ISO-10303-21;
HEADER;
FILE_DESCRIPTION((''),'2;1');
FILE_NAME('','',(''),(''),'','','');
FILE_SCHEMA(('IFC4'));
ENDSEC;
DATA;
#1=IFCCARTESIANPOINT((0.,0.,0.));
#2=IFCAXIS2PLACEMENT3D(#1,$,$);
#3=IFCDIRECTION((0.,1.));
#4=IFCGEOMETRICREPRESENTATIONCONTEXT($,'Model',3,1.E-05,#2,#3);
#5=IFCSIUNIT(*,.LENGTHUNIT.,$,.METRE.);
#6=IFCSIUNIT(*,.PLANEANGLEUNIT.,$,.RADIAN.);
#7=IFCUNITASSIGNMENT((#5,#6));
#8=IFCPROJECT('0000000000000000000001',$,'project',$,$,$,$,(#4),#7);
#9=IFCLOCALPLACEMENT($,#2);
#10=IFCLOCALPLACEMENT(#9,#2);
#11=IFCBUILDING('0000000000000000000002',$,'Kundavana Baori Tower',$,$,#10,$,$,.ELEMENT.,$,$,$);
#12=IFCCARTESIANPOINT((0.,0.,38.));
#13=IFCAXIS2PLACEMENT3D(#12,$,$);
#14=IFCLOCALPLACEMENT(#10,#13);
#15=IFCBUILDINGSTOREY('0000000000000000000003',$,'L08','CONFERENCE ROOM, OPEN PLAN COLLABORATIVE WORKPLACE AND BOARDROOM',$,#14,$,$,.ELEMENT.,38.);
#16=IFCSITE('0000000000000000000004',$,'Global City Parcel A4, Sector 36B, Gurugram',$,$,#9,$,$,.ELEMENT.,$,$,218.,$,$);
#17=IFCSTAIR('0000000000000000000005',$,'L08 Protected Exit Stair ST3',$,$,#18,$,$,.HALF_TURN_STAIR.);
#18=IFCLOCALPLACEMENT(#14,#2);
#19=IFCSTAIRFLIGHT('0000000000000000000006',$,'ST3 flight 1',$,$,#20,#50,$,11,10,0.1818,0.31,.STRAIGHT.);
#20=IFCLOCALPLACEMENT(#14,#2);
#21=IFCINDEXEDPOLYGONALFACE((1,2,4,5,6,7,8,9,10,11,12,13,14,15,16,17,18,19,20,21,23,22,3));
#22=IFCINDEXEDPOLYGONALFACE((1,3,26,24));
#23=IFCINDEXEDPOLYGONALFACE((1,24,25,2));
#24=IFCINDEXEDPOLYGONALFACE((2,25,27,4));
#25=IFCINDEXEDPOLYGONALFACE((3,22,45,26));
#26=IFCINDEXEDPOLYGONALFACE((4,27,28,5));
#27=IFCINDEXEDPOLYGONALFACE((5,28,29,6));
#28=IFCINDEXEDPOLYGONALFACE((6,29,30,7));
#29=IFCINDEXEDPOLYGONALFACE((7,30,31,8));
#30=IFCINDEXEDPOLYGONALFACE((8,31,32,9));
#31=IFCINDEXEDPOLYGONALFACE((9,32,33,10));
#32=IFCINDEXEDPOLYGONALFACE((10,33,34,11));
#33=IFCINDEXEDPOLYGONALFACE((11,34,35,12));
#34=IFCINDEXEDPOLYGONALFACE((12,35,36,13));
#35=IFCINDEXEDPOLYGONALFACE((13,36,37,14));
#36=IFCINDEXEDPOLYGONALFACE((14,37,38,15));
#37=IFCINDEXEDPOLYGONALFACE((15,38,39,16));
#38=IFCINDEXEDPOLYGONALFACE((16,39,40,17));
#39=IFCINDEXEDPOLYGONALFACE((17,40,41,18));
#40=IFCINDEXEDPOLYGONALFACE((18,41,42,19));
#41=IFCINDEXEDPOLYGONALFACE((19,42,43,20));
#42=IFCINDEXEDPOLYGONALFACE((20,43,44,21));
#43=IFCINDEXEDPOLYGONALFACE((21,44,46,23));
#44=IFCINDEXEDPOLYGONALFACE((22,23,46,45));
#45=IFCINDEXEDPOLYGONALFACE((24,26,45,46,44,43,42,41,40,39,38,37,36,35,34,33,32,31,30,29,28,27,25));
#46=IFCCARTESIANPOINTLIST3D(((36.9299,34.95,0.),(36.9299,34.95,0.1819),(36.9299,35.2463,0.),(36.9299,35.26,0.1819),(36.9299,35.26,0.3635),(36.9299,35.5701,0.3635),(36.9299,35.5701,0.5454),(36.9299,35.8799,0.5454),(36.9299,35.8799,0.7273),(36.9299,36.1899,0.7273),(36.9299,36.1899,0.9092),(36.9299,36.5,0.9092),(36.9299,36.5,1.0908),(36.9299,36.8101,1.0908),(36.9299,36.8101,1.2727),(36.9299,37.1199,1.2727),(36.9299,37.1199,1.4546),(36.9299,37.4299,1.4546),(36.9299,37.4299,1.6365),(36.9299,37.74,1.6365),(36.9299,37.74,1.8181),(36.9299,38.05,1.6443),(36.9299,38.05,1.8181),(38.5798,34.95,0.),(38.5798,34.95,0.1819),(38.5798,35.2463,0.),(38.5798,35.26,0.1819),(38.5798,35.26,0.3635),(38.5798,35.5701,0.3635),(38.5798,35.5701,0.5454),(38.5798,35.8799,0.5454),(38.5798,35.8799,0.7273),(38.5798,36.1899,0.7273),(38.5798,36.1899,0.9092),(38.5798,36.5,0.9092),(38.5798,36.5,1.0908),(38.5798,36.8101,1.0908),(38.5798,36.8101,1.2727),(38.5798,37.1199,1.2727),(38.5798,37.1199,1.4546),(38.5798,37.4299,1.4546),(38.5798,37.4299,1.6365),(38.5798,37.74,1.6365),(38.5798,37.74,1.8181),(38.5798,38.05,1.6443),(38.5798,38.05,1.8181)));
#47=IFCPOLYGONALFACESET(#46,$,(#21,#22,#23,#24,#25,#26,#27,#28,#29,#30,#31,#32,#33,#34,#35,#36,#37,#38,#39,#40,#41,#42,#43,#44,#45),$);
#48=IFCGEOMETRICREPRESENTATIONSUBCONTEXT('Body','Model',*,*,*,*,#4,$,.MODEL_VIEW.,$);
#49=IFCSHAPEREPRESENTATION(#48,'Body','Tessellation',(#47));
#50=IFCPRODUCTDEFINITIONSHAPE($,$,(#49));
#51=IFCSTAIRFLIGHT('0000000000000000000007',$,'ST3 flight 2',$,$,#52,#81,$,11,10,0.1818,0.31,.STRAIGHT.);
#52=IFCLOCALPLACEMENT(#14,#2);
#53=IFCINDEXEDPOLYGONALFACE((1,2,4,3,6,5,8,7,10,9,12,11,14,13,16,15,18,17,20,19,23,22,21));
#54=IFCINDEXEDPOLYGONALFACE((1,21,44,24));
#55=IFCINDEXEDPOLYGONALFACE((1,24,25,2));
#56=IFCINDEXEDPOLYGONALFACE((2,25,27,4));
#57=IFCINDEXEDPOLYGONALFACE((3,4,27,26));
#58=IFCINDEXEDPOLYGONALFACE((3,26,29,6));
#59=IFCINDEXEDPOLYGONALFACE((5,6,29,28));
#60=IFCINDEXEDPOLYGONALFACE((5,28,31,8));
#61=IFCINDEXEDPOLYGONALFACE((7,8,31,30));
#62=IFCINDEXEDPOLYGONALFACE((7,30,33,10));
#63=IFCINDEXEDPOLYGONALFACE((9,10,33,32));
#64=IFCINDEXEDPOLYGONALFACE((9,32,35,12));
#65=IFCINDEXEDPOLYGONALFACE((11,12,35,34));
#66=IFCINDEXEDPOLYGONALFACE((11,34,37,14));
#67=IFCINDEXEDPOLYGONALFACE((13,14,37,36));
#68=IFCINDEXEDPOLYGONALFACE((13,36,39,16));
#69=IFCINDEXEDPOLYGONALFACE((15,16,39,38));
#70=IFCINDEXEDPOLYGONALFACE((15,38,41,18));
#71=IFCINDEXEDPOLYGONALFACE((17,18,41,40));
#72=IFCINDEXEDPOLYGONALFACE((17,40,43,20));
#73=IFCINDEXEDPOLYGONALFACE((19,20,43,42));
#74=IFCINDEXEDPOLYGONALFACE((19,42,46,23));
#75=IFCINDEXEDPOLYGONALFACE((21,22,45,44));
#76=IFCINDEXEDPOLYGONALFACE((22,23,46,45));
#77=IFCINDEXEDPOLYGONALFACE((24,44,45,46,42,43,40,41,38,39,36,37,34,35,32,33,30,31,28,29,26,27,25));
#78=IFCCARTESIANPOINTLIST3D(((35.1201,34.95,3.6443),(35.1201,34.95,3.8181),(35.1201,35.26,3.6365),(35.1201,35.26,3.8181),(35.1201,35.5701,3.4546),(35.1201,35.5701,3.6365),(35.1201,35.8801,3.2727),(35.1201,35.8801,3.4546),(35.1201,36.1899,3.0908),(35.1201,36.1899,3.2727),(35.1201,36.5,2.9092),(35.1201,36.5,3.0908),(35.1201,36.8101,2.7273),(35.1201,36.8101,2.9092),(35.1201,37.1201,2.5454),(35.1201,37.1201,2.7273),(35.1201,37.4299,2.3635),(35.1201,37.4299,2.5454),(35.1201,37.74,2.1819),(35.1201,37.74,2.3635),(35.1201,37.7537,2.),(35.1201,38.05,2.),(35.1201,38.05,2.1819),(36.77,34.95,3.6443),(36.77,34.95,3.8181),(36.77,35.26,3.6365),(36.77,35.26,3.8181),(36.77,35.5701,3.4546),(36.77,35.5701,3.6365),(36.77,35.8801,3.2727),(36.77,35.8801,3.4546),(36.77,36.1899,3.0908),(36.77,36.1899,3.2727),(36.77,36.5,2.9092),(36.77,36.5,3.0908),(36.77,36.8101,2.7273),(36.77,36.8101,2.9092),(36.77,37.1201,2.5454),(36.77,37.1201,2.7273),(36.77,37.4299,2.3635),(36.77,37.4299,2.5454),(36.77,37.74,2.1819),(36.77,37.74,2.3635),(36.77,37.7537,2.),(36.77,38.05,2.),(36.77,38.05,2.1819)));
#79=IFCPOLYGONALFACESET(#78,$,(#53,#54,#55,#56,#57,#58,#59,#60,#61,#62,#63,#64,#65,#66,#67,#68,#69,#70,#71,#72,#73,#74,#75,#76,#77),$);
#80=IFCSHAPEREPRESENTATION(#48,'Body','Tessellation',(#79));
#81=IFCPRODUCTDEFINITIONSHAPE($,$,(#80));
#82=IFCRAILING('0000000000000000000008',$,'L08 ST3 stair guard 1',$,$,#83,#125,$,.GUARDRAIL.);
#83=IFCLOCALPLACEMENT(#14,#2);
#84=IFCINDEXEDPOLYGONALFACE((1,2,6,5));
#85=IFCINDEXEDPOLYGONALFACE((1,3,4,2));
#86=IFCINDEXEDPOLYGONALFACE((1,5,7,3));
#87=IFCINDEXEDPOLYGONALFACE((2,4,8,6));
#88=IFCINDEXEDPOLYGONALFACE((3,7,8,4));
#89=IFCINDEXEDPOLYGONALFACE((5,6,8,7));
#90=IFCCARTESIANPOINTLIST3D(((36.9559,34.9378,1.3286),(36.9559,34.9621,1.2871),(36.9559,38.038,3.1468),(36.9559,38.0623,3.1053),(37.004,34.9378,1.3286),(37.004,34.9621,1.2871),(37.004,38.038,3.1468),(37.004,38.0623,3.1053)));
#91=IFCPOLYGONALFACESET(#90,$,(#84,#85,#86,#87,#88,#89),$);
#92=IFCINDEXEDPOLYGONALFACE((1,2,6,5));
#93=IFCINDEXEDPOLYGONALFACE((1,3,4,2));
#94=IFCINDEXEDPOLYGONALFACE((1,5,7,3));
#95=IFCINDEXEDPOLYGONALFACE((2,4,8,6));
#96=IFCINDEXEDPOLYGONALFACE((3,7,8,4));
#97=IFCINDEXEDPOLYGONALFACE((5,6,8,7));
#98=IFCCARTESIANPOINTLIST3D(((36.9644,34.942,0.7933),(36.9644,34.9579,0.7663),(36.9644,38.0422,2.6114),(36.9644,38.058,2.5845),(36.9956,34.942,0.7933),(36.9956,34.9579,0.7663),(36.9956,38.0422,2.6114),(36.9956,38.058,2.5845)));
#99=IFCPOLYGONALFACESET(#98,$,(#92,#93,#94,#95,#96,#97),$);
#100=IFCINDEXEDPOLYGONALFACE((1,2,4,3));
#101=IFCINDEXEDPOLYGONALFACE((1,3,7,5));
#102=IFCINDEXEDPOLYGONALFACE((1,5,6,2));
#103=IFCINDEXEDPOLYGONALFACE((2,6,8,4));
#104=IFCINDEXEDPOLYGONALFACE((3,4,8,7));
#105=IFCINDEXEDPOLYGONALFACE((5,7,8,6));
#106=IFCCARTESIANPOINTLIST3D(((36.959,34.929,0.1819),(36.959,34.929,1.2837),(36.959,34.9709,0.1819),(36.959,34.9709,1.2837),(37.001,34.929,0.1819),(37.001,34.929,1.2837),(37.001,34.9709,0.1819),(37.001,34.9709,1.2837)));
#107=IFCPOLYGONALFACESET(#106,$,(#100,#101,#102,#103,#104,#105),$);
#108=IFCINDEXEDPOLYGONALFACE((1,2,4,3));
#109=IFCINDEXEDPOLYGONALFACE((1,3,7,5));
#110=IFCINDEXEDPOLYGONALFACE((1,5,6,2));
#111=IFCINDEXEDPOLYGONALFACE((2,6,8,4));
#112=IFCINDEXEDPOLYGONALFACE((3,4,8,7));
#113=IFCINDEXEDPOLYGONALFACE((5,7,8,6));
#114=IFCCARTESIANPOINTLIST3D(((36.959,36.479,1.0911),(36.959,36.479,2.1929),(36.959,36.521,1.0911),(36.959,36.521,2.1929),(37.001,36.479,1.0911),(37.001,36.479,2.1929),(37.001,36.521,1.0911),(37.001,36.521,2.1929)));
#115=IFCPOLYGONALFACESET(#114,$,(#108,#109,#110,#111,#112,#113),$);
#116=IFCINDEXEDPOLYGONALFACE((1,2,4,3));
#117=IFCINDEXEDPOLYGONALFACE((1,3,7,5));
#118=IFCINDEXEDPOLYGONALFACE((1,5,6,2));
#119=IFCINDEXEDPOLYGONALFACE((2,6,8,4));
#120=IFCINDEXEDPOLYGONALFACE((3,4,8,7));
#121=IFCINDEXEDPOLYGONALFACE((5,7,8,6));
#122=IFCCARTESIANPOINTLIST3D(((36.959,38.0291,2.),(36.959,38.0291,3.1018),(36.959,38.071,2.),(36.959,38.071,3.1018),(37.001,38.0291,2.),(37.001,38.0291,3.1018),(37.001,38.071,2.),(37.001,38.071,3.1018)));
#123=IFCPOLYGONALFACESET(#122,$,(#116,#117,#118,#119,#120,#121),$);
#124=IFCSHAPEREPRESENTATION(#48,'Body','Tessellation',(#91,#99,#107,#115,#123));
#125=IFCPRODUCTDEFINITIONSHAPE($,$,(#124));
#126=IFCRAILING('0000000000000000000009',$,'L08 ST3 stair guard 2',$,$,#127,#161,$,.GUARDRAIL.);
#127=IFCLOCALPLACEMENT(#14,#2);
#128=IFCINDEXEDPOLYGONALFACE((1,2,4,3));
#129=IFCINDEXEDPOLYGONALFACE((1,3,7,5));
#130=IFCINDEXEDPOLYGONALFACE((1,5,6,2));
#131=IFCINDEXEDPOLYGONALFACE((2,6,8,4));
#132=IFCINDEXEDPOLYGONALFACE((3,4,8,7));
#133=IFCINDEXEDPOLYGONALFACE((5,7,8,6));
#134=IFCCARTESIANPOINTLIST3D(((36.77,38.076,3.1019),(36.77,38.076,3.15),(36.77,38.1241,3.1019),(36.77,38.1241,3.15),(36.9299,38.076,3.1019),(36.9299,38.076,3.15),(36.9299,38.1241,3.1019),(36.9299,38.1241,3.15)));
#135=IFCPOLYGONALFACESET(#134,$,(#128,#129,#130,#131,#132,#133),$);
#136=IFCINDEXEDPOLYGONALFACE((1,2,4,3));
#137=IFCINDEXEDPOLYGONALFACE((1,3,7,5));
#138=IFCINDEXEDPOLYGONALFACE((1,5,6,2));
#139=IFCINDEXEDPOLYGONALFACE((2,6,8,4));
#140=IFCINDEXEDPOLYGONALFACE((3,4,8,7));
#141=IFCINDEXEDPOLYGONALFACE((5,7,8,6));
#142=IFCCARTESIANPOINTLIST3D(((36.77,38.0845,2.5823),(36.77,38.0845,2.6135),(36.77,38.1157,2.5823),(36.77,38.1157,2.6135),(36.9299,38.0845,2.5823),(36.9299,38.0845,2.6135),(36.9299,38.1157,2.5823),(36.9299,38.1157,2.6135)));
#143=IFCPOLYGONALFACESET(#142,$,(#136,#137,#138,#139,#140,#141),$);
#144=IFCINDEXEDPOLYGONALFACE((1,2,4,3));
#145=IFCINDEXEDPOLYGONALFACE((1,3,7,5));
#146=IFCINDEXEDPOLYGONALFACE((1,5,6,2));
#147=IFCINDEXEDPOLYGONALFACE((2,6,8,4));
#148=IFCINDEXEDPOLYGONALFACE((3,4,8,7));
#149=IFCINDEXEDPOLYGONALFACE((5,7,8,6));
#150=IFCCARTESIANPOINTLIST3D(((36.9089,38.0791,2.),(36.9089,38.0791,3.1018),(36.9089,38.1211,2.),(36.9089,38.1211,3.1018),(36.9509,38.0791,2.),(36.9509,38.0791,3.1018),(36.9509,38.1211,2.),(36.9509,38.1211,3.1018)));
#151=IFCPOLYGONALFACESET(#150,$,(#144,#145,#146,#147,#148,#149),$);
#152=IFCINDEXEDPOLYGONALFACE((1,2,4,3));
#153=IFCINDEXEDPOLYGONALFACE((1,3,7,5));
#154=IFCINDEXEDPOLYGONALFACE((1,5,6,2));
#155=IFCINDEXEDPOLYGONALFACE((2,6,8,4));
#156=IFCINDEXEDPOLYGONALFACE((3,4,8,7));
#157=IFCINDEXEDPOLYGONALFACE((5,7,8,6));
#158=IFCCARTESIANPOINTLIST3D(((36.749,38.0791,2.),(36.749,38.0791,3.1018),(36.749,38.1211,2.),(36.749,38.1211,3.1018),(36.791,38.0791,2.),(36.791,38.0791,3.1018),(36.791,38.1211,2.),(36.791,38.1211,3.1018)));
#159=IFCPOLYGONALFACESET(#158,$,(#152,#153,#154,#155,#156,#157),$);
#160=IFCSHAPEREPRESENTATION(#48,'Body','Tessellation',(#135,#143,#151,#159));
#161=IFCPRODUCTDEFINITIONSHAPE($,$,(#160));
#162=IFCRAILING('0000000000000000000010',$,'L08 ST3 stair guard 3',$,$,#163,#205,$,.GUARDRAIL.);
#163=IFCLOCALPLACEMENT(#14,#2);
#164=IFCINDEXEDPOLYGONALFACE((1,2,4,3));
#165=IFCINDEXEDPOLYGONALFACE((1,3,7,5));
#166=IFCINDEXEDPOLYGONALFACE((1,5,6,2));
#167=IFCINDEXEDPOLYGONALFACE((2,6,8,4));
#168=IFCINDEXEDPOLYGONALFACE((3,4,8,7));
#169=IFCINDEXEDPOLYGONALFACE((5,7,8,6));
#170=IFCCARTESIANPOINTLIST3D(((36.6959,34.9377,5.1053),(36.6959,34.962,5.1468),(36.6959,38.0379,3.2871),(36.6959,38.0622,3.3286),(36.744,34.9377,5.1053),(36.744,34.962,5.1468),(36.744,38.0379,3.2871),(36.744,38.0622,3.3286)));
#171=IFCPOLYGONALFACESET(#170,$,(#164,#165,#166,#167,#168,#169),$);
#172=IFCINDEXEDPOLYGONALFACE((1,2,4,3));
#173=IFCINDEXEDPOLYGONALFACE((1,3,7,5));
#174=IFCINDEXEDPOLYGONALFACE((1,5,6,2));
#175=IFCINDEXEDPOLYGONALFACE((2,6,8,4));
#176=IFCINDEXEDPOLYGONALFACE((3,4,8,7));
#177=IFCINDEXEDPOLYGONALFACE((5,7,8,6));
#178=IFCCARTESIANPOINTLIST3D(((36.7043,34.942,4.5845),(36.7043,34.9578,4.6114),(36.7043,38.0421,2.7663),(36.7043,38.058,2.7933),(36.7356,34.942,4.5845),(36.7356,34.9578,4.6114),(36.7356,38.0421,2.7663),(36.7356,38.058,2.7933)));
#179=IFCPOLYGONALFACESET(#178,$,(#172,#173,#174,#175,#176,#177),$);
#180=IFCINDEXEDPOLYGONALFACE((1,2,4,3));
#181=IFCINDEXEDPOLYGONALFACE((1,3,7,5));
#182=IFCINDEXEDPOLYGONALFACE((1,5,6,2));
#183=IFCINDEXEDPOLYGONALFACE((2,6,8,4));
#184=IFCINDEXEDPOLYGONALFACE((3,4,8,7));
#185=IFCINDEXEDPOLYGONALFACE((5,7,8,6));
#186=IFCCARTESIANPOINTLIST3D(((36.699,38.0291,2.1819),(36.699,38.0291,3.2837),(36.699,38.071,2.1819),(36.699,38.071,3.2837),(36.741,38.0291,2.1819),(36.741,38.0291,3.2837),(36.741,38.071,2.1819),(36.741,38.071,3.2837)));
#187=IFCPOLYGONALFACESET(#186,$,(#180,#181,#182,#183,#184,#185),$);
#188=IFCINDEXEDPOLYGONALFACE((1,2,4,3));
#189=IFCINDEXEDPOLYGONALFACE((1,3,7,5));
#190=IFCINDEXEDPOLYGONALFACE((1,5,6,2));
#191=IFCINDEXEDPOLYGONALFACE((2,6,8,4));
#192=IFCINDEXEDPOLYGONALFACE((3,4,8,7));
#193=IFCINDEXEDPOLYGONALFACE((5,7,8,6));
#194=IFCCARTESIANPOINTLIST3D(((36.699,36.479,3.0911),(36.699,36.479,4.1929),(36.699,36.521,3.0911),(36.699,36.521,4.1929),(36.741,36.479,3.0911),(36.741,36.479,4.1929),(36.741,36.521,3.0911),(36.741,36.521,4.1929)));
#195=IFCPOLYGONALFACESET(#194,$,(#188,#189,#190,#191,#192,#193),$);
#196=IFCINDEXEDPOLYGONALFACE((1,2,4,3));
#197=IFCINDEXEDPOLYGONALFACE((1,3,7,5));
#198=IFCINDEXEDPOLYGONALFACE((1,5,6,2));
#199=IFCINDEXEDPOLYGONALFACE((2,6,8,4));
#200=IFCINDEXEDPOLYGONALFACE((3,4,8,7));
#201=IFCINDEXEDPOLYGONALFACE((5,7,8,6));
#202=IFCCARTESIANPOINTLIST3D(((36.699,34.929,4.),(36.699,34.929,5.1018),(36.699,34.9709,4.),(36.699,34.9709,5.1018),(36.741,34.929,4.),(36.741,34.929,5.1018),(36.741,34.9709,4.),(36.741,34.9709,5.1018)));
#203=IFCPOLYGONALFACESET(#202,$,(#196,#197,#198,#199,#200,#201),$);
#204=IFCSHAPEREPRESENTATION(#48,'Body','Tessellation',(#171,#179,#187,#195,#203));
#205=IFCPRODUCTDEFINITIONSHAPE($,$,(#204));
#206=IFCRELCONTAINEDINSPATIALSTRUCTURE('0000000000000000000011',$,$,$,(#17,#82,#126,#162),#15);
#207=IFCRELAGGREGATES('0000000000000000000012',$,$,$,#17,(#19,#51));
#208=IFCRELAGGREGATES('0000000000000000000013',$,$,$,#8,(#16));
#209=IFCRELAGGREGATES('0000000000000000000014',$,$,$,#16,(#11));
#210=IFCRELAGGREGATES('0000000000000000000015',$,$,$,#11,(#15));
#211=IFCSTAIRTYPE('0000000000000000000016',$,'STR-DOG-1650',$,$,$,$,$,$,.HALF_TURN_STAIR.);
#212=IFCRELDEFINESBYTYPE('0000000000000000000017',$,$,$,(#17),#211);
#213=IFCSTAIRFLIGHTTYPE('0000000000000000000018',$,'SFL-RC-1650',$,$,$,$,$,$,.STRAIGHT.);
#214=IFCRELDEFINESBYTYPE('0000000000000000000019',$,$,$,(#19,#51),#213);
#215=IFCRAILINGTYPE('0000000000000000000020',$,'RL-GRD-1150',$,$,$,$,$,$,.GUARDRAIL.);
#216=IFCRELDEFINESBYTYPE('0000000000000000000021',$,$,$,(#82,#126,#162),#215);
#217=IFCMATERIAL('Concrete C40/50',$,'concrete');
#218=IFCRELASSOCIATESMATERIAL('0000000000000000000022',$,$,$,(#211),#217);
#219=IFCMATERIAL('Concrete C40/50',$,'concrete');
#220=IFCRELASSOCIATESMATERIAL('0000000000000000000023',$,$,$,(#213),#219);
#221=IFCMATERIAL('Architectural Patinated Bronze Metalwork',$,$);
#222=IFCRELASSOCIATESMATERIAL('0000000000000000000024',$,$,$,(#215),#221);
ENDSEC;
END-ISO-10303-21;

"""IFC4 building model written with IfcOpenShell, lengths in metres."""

from ifc_helpers import new_model, si_unit, direction, frame, origin, origin_2d, place, context, subcontext, project, spatial, polyline, rectangle, outline, extrude, material, type_object, element, aggregate, save


model = new_model("IFC4")

# Units and contexts
model_context = context("Model", 3, precision=1e-05, world=origin(), true_north=direction((0.0, 1.0)))
body_context = subcontext(model_context, "Body", "Model", "MODEL_VIEW")
ifc_project = project(units=[si_unit("LENGTHUNIT", "METRE"), si_unit("PLANEANGLEUNIT", "RADIAN")], contexts=[model_context])

# Site, building, storey
site_placement = place(None, origin())
site = spatial("IfcSite", under=ifc_project, at=site_placement, Name="Global City Parcel A4, Sector 36B, Gurugram", CompositionType="ELEMENT", RefElevation=218.0)
building_placement = place(site_placement, origin())
building = spatial("IfcBuilding", under=site, at=building_placement, Name="Kundavana Baori Tower", CompositionType="ELEMENT")
storey_placement = place(building_placement, frame((0.0, 0.0, 38.0)))
storey = spatial("IfcBuildingStorey", under=building, at=storey_placement, Name="L08", Description="CONFERENCE ROOM, OPEN PLAN COLLABORATIVE WORKPLACE AND BOARDROOM", CompositionType="ELEMENT", Elevation=38.0)

# Stair, stair flights
ifc_material_1 = material(Name="Concrete C40/50", Category="concrete")
stair_type = type_object("IfcStairType", Name="STR-DOG-1650", PredefinedType="HALF_TURN_STAIR", material=ifc_material_1)
stair_placement = place(storey_placement, origin())
stair = element("IfcStair", 1, at=stair_placement, inside=storey, type_object=stair_type, Name="L08 Protected Exit Stair ST3", PredefinedType="HALF_TURN_STAIR")
ifc_material_2 = material(Name="Concrete C40/50", Category="concrete")
stair_flight_type = type_object("IfcStairFlightType", Name="SFL-RC-1650", PredefinedType="STRAIGHT", material=ifc_material_2)
stair_flight_1_placement = place(storey_placement, frame((37.7549, 34.95, 0.0), z_axis=(0.0, 0.0, 1.0), x_axis=(0.0, 1.0, 0.0)))
stair_flight_1 = element("IfcStairFlight", 2, at=stair_flight_1_placement, type_object=stair_flight_type, Name="ST3 flight 1", NumberOfRisers=11, NumberOfTreads=10, PredefinedType="STRAIGHT", RiserHeight=0.1818, TreadLength=0.31, context=body_context, shape_type="SweptSolid", body=[
    extrude(outline(polyline([(0.0, 0.0), (0.0, 0.1819), (0.3101, 0.1819), (0.3101, 0.3635), (0.6201, 0.3635), (0.6201, 0.5454), (0.9299, 0.5454), (0.9299, 0.7273), (1.24, 0.7273), (1.24, 0.9092), (1.55, 0.9092), (1.55, 1.0908), (1.8601, 1.0908), (1.8601, 1.2727), (2.1699, 1.2727), (2.1699, 1.4546), (2.48, 1.4546), (2.48, 1.6365), (2.79, 1.6365), (2.79, 1.8181), (3.1001, 1.8181), (3.1001, 2.0), (3.1001, 1.6443), (0.2964, 0.0), (0.0, 0.0)])), frame((0.0, 0.825, 0.0), z_axis=(0.0, -1.0, 0.0), x_axis=(1.0, 0.0, 0.0)), (0.0, 0.0, 1.0), 1.6499),
])
stair_flight_2_placement = place(storey_placement, frame((35.9451, 38.05, 2.0), z_axis=(0.0, 0.0, 1.0), x_axis=(0.0, -1.0, 0.0)))
stair_flight_2 = element("IfcStairFlight", 3, at=stair_flight_2_placement, type_object=stair_flight_type, Name="ST3 flight 2", NumberOfRisers=11, NumberOfTreads=10, PredefinedType="STRAIGHT", RiserHeight=0.1818, TreadLength=0.31, context=body_context, shape_type="SweptSolid", body=[
    extrude(outline(polyline([(0.0, 0.0), (0.0, 0.1819), (0.3101, 0.1819), (0.3101, 0.3635), (0.6201, 0.3635), (0.6201, 0.5454), (0.9299, 0.5454), (0.9299, 0.7273), (1.24, 0.7273), (1.24, 0.9092), (1.55, 0.9092), (1.55, 1.0908), (1.8601, 1.0908), (1.8601, 1.2727), (2.1699, 1.2727), (2.1699, 1.4546), (2.48, 1.4546), (2.48, 1.6365), (2.79, 1.6365), (2.79, 1.8181), (3.1001, 1.8181), (3.1001, 2.0), (3.1001, 1.6443), (0.2964, 0.0), (0.0, 0.0)])), frame((0.0, 0.825, 0.0), z_axis=(0.0, -1.0, 0.0), x_axis=(1.0, 0.0, 0.0)), (0.0, 0.0, 1.0), 1.6499),
])
aggregate(stair, [stair_flight_1, stair_flight_2])

# Railings
ifc_material_3 = material(Name="Architectural Patinated Bronze Metalwork")
railing_type_1 = type_object("IfcRailingType", Name="RL-GRD-1150", PredefinedType="GUARDRAIL", material=ifc_material_3)
railing_1_placement = place(storey_placement, frame((36.98, 34.95, 0.1819)))
element("IfcRailing", 4, at=railing_1_placement, inside=storey, type_object=railing_type_1, Name="L08 ST3 stair guard 1", PredefinedType="GUARDRAIL", context=body_context, shape_type="SweptSolid", body=[
    extrude(rectangle(XDim=0.0481, YDim=0.0481, at=origin_2d()), frame((0.0, 0.0, 1.126), z_axis=(0.0, 0.862599, 0.505889), x_axis=(-1.0, 0.0, 0.0)), (0.0, 0.0, 1.0), 3.594),
    extrude(rectangle(XDim=0.0312, YDim=0.0312, at=origin_2d()), frame((0.0, 0.0, 0.5979), z_axis=(0.0, 0.862599, 0.505889), x_axis=(-1.0, 0.0, 0.0)), (0.0, 0.0, 1.0), 3.594),
    extrude(rectangle(XDim=0.042, YDim=0.042, at=origin_2d()), origin(), (0.0, 0.0, 1.0), 1.1018),
    extrude(rectangle(XDim=0.042, YDim=0.042, at=origin_2d()), frame((0.0, 1.55, 0.9092)), (0.0, 0.0, 1.0), 1.1018),
    extrude(rectangle(XDim=0.042, YDim=0.042, at=origin_2d()), frame((0.0, 3.1001, 1.8181)), (0.0, 0.0, 1.0), 1.1018),
])
railing_2_placement = place(storey_placement, frame((36.9299, 38.1001, 2.0)))
element("IfcRailing", 5, at=railing_2_placement, inside=storey, type_object=railing_type_1, Name="L08 ST3 stair guard 2", PredefinedType="GUARDRAIL", context=body_context, shape_type="SweptSolid", body=[
    extrude(rectangle(XDim=0.0481, YDim=0.0481, at=origin_2d()), frame((0.0, 0.0, 1.126), z_axis=(-1.0, 0.0, 0.0), x_axis=(0.0, -1.0, 0.0)), (0.0, 0.0, 1.0), 0.1599),
    extrude(rectangle(XDim=0.0312, YDim=0.0312, at=origin_2d()), frame((0.0, 0.0, 0.5979), z_axis=(-1.0, 0.0, 0.0), x_axis=(0.0, -1.0, 0.0)), (0.0, 0.0, 1.0), 0.1599),
    extrude(rectangle(XDim=0.042, YDim=0.042, at=origin_2d()), origin(), (0.0, 0.0, 1.0), 1.1018),
    extrude(rectangle(XDim=0.042, YDim=0.042, at=origin_2d()), frame((-0.1599, 0.0, 0.0)), (0.0, 0.0, 1.0), 1.1018),
])
railing_3_placement = place(storey_placement, frame((36.72, 38.05, 2.1819)))
element("IfcRailing", 6, at=railing_3_placement, inside=storey, type_object=railing_type_1, Name="L08 ST3 stair guard 3", PredefinedType="GUARDRAIL", context=body_context, shape_type="SweptSolid", body=[
    extrude(rectangle(XDim=0.0481, YDim=0.0481, at=origin_2d()), frame((0.0, 0.0, 1.126), z_axis=(0.0, -0.862599, 0.505889), x_axis=(1.0, 0.0, 0.0)), (0.0, 0.0, 1.0), 3.594),
    extrude(rectangle(XDim=0.0312, YDim=0.0312, at=origin_2d()), frame((0.0, 0.0, 0.5979), z_axis=(0.0, -0.862599, 0.505889), x_axis=(1.0, 0.0, 0.0)), (0.0, 0.0, 1.0), 3.594),
    extrude(rectangle(XDim=0.042, YDim=0.042, at=origin_2d()), origin(), (0.0, 0.0, 1.0), 1.1018),
    extrude(rectangle(XDim=0.042, YDim=0.042, at=origin_2d()), frame((0.0, -1.55, 0.9092)), (0.0, 0.0, 1.0), 1.1018),
    extrude(rectangle(XDim=0.042, YDim=0.042, at=origin_2d()), frame((0.0, -3.1001, 1.8181)), (0.0, 0.0, 1.0), 1.1018),
])

save(model, "model.ifc")
